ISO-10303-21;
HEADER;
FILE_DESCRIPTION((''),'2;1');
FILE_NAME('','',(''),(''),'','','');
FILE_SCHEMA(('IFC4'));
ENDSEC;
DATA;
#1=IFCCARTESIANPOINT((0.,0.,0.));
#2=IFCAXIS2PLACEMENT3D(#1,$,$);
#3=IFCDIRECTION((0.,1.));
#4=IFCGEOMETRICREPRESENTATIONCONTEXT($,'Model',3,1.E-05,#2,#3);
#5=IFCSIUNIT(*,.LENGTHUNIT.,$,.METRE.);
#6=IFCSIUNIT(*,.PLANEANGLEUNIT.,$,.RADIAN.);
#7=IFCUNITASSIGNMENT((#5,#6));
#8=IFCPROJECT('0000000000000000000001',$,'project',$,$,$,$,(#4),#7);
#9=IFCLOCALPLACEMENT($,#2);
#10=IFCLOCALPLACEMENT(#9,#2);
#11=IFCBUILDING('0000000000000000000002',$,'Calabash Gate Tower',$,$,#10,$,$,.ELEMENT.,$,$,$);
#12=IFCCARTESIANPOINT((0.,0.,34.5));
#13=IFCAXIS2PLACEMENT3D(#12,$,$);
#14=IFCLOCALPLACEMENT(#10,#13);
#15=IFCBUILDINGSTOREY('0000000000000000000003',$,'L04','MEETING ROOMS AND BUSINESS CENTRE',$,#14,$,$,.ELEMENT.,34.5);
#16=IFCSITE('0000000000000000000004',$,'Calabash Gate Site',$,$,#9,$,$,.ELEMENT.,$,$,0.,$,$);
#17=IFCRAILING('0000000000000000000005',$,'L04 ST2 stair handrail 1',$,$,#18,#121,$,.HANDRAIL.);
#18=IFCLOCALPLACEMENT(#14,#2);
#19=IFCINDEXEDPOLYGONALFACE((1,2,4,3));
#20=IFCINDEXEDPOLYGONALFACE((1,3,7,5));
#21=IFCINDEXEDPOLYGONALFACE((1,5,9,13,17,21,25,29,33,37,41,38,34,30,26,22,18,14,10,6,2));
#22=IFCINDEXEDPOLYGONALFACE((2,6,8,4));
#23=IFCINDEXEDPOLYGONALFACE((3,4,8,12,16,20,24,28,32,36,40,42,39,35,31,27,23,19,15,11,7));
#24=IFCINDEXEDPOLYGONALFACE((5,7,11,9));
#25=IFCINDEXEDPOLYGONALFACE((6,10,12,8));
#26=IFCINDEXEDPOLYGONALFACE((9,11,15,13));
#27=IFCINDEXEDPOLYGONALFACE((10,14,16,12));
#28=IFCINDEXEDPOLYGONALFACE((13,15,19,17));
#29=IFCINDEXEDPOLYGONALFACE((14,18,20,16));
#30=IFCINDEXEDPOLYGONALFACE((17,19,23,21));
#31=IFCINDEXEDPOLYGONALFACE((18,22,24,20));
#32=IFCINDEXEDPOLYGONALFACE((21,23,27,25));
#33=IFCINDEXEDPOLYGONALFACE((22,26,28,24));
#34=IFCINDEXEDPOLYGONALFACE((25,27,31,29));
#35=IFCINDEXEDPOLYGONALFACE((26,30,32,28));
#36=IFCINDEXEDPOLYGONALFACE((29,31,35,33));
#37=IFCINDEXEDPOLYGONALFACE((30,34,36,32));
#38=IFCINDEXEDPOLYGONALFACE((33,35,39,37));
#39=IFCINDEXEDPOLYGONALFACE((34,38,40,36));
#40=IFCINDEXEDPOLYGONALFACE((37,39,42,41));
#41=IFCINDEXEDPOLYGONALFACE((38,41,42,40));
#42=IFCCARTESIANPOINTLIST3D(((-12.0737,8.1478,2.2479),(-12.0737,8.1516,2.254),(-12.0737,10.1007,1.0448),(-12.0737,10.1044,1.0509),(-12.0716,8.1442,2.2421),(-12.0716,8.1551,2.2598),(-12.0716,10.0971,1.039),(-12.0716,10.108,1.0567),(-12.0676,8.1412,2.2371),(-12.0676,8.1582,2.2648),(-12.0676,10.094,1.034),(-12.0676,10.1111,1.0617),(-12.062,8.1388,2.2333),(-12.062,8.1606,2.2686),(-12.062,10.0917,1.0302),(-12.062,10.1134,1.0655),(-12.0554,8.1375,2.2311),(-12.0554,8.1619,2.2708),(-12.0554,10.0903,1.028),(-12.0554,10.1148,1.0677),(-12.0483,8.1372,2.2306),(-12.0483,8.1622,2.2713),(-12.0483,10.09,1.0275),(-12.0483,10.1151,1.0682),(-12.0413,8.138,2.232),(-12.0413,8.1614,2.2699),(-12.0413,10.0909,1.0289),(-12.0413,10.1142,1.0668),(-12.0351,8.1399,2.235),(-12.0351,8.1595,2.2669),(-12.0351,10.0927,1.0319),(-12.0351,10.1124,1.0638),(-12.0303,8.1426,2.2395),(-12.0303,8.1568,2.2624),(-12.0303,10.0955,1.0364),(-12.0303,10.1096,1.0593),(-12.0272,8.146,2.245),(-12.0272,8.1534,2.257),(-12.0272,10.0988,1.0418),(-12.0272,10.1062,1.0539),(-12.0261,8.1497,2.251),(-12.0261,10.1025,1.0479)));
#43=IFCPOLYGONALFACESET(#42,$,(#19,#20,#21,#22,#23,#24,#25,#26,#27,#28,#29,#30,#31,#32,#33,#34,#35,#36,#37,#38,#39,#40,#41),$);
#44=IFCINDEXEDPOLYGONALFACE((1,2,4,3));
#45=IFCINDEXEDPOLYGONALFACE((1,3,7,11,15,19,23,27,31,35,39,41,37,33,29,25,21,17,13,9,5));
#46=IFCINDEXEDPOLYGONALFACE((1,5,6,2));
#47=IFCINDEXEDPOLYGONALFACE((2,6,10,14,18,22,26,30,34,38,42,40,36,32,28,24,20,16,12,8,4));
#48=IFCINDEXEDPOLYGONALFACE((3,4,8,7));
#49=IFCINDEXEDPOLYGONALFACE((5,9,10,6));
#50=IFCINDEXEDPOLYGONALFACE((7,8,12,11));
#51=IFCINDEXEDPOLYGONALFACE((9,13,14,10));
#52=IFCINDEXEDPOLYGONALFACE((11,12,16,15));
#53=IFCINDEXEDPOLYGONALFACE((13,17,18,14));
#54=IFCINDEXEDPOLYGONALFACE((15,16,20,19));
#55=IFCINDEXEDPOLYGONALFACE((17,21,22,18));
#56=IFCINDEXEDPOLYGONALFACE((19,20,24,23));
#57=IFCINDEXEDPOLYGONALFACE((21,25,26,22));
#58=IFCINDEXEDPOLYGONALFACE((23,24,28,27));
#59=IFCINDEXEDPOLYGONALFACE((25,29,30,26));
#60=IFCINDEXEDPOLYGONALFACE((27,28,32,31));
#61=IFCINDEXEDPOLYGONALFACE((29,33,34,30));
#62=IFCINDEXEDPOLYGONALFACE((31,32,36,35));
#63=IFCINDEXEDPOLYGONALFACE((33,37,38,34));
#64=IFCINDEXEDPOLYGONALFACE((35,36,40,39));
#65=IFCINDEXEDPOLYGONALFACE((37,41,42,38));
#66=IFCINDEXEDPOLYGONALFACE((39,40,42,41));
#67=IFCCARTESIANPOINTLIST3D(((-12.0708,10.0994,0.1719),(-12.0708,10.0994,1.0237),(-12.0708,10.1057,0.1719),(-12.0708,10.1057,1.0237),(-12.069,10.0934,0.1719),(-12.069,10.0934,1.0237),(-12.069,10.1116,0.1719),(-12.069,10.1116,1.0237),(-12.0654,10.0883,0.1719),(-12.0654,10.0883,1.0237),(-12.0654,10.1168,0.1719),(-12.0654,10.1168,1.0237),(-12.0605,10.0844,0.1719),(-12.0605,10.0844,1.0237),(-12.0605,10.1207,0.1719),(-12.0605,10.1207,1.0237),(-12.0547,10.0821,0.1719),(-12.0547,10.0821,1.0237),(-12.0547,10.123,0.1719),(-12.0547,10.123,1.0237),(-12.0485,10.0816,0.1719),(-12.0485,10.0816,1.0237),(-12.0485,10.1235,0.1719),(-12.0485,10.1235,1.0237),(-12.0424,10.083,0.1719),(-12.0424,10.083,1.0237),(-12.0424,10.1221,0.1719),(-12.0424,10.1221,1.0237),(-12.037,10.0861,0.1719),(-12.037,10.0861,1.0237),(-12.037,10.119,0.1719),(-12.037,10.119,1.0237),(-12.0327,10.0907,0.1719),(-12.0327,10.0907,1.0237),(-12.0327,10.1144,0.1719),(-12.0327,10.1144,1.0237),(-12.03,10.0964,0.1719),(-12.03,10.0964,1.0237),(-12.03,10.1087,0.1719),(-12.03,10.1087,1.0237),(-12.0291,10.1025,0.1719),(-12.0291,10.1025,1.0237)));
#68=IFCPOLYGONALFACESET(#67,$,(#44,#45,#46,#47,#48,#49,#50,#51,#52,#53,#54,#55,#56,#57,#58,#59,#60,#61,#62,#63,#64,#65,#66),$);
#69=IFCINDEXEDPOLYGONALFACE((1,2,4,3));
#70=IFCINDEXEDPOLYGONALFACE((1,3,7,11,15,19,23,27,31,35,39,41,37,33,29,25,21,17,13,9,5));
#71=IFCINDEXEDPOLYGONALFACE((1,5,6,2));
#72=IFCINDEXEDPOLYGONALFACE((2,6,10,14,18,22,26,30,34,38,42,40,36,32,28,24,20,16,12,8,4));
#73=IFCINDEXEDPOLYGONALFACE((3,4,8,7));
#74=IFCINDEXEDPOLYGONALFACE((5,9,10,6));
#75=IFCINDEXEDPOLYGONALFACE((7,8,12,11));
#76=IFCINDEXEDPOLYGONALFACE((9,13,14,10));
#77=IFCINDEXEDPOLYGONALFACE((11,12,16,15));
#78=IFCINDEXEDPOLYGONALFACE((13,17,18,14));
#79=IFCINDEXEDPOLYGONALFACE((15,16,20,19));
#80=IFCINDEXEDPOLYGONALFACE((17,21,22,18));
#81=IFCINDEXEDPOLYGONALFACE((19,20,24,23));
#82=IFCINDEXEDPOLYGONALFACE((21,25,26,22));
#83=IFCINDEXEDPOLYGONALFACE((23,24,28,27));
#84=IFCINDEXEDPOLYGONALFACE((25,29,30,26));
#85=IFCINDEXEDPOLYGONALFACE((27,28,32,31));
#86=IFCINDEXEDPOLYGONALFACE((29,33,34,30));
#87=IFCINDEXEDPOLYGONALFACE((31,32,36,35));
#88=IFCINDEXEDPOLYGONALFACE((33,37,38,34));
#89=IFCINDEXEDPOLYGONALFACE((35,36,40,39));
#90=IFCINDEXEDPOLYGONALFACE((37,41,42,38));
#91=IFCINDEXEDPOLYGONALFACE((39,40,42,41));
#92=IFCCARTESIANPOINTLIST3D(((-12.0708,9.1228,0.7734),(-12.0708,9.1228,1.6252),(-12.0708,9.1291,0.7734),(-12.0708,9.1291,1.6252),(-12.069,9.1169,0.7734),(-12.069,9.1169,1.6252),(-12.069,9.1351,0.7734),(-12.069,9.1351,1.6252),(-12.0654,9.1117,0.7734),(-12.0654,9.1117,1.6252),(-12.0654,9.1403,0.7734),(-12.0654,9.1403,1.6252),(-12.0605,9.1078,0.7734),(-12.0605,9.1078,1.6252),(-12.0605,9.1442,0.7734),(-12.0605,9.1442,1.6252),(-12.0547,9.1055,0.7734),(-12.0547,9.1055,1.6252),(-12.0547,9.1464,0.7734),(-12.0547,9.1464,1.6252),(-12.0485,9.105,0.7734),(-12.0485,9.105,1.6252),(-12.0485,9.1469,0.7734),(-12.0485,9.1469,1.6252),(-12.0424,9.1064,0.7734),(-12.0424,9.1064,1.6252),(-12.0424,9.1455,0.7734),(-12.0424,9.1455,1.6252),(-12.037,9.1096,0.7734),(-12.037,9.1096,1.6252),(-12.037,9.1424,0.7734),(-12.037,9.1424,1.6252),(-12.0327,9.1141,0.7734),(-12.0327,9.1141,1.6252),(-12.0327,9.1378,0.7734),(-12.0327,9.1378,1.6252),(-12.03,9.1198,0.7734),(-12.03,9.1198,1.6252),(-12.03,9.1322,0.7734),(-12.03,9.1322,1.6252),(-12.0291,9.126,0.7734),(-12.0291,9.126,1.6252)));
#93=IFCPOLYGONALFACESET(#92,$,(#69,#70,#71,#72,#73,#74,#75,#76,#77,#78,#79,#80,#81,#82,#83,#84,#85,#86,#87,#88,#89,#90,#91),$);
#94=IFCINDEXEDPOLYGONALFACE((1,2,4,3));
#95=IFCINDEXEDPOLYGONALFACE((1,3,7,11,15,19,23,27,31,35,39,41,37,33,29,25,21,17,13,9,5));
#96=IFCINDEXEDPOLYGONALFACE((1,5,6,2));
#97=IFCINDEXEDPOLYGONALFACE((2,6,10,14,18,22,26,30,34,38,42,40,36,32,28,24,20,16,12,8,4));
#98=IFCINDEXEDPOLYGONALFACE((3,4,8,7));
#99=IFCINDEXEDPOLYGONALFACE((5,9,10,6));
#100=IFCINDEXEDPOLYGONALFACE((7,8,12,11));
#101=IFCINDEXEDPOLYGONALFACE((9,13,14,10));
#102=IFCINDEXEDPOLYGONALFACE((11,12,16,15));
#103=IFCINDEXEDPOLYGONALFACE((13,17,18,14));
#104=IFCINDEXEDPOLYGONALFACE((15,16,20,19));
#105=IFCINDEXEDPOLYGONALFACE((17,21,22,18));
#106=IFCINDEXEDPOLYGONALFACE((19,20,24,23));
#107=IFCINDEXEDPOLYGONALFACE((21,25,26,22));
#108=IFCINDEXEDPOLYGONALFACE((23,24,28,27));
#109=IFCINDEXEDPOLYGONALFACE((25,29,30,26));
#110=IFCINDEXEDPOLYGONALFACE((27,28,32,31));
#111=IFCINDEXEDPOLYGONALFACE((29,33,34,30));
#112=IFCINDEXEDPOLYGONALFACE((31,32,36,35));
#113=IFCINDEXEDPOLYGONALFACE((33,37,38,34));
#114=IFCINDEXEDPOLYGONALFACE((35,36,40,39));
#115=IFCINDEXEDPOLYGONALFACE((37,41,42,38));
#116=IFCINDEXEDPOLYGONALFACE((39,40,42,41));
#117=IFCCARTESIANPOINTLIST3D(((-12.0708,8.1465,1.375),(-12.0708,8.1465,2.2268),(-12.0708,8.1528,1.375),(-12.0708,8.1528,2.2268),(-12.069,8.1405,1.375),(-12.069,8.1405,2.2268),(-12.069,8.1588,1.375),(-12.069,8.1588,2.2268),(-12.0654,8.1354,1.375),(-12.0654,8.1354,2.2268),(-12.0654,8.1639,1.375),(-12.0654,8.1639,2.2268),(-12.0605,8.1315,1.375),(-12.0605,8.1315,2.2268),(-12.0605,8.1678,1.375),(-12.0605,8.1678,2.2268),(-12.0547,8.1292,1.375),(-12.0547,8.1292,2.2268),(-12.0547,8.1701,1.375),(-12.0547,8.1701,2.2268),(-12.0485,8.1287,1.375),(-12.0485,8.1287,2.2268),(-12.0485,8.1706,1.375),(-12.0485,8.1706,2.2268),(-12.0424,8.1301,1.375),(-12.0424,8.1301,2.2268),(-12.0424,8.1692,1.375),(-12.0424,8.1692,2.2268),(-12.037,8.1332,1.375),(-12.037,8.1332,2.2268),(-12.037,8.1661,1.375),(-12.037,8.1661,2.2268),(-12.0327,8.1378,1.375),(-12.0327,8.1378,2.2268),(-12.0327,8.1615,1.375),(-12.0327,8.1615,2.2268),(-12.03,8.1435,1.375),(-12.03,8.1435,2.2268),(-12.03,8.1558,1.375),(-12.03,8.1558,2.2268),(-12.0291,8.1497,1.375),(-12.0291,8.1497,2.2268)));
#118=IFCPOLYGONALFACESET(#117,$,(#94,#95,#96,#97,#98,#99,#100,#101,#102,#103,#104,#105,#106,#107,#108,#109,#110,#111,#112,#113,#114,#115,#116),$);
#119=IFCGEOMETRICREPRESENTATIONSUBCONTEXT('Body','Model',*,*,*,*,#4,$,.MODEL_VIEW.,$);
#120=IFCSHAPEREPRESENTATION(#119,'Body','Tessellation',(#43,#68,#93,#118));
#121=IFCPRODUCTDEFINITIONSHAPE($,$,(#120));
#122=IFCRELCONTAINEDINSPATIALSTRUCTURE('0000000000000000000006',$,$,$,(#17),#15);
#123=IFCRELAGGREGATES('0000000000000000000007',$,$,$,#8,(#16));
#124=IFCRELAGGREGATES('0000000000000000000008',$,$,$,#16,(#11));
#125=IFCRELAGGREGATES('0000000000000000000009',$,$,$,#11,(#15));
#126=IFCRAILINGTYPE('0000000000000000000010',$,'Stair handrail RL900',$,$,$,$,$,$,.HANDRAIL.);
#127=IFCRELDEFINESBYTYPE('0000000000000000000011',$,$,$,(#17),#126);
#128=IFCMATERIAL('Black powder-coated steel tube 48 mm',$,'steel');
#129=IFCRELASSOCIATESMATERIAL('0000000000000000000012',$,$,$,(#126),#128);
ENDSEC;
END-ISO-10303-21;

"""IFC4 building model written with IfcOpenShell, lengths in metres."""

from ifc_helpers import new_model, si_unit, direction, frame, origin, origin_2d, place, context, subcontext, project, spatial, circle, extrude, material, type_object, element, save


model = new_model("IFC4")

# Units and contexts
model_context = context("Model", 3, precision=1e-05, world=origin(), true_north=direction((0.0, 1.0)))
body_context = subcontext(model_context, "Body", "Model", "MODEL_VIEW")
ifc_project = project(units=[si_unit("LENGTHUNIT", "METRE"), si_unit("PLANEANGLEUNIT", "RADIAN")], contexts=[model_context])

# Site, building, storey
site_placement = place(None, origin())
site = spatial("IfcSite", under=ifc_project, at=site_placement, Name="Calabash Gate Site", CompositionType="ELEMENT", RefElevation=0.0)
building_placement = place(site_placement, origin())
building = spatial("IfcBuilding", under=site, at=building_placement, Name="Calabash Gate Tower", CompositionType="ELEMENT")
storey_placement = place(building_placement, frame((0.0, 0.0, 34.5)))
storey = spatial("IfcBuildingStorey", under=building, at=storey_placement, Name="L04", Description="MEETING ROOMS AND BUSINESS CENTRE", CompositionType="ELEMENT", Elevation=34.5)

# Railing
ifc_material_1 = material(Name="Black powder-coated steel tube 48 mm", Category="steel")
railing_type_1 = type_object("IfcRailingType", Name="Stair handrail RL900", PredefinedType="HANDRAIL", material=ifc_material_1)
railing_1_placement = place(storey_placement, frame((-12.05, 10.1025, 0.1719)))
element("IfcRailing", 1, at=railing_1_placement, inside=storey, type_object=railing_type_1, Name="L04 ST2 stair handrail 1", PredefinedType="HANDRAIL", context=body_context, shape_type="SweptSolid", body=[
    extrude(circle(Radius=0.0239, at=origin_2d()), frame((0.0, 0.0, 0.876), z_axis=(0.0, -0.851395, 0.524525), x_axis=(1.0, 0.0, 0.0)), (0.0, 0.0, 1.0), 2.2937),
    extrude(circle(Radius=0.021, at=origin_2d()), origin(), (0.0, 0.0, 1.0), 0.8518),
    extrude(circle(Radius=0.021, at=origin_2d()), frame((0.0, -0.9766, 0.6016)), (0.0, 0.0, 1.0), 0.8518),
    extrude(circle(Radius=0.021, at=origin_2d()), frame((0.0, -1.9529, 1.2031)), (0.0, 0.0, 1.0), 0.8518),
])

save(model, "model.ifc")
